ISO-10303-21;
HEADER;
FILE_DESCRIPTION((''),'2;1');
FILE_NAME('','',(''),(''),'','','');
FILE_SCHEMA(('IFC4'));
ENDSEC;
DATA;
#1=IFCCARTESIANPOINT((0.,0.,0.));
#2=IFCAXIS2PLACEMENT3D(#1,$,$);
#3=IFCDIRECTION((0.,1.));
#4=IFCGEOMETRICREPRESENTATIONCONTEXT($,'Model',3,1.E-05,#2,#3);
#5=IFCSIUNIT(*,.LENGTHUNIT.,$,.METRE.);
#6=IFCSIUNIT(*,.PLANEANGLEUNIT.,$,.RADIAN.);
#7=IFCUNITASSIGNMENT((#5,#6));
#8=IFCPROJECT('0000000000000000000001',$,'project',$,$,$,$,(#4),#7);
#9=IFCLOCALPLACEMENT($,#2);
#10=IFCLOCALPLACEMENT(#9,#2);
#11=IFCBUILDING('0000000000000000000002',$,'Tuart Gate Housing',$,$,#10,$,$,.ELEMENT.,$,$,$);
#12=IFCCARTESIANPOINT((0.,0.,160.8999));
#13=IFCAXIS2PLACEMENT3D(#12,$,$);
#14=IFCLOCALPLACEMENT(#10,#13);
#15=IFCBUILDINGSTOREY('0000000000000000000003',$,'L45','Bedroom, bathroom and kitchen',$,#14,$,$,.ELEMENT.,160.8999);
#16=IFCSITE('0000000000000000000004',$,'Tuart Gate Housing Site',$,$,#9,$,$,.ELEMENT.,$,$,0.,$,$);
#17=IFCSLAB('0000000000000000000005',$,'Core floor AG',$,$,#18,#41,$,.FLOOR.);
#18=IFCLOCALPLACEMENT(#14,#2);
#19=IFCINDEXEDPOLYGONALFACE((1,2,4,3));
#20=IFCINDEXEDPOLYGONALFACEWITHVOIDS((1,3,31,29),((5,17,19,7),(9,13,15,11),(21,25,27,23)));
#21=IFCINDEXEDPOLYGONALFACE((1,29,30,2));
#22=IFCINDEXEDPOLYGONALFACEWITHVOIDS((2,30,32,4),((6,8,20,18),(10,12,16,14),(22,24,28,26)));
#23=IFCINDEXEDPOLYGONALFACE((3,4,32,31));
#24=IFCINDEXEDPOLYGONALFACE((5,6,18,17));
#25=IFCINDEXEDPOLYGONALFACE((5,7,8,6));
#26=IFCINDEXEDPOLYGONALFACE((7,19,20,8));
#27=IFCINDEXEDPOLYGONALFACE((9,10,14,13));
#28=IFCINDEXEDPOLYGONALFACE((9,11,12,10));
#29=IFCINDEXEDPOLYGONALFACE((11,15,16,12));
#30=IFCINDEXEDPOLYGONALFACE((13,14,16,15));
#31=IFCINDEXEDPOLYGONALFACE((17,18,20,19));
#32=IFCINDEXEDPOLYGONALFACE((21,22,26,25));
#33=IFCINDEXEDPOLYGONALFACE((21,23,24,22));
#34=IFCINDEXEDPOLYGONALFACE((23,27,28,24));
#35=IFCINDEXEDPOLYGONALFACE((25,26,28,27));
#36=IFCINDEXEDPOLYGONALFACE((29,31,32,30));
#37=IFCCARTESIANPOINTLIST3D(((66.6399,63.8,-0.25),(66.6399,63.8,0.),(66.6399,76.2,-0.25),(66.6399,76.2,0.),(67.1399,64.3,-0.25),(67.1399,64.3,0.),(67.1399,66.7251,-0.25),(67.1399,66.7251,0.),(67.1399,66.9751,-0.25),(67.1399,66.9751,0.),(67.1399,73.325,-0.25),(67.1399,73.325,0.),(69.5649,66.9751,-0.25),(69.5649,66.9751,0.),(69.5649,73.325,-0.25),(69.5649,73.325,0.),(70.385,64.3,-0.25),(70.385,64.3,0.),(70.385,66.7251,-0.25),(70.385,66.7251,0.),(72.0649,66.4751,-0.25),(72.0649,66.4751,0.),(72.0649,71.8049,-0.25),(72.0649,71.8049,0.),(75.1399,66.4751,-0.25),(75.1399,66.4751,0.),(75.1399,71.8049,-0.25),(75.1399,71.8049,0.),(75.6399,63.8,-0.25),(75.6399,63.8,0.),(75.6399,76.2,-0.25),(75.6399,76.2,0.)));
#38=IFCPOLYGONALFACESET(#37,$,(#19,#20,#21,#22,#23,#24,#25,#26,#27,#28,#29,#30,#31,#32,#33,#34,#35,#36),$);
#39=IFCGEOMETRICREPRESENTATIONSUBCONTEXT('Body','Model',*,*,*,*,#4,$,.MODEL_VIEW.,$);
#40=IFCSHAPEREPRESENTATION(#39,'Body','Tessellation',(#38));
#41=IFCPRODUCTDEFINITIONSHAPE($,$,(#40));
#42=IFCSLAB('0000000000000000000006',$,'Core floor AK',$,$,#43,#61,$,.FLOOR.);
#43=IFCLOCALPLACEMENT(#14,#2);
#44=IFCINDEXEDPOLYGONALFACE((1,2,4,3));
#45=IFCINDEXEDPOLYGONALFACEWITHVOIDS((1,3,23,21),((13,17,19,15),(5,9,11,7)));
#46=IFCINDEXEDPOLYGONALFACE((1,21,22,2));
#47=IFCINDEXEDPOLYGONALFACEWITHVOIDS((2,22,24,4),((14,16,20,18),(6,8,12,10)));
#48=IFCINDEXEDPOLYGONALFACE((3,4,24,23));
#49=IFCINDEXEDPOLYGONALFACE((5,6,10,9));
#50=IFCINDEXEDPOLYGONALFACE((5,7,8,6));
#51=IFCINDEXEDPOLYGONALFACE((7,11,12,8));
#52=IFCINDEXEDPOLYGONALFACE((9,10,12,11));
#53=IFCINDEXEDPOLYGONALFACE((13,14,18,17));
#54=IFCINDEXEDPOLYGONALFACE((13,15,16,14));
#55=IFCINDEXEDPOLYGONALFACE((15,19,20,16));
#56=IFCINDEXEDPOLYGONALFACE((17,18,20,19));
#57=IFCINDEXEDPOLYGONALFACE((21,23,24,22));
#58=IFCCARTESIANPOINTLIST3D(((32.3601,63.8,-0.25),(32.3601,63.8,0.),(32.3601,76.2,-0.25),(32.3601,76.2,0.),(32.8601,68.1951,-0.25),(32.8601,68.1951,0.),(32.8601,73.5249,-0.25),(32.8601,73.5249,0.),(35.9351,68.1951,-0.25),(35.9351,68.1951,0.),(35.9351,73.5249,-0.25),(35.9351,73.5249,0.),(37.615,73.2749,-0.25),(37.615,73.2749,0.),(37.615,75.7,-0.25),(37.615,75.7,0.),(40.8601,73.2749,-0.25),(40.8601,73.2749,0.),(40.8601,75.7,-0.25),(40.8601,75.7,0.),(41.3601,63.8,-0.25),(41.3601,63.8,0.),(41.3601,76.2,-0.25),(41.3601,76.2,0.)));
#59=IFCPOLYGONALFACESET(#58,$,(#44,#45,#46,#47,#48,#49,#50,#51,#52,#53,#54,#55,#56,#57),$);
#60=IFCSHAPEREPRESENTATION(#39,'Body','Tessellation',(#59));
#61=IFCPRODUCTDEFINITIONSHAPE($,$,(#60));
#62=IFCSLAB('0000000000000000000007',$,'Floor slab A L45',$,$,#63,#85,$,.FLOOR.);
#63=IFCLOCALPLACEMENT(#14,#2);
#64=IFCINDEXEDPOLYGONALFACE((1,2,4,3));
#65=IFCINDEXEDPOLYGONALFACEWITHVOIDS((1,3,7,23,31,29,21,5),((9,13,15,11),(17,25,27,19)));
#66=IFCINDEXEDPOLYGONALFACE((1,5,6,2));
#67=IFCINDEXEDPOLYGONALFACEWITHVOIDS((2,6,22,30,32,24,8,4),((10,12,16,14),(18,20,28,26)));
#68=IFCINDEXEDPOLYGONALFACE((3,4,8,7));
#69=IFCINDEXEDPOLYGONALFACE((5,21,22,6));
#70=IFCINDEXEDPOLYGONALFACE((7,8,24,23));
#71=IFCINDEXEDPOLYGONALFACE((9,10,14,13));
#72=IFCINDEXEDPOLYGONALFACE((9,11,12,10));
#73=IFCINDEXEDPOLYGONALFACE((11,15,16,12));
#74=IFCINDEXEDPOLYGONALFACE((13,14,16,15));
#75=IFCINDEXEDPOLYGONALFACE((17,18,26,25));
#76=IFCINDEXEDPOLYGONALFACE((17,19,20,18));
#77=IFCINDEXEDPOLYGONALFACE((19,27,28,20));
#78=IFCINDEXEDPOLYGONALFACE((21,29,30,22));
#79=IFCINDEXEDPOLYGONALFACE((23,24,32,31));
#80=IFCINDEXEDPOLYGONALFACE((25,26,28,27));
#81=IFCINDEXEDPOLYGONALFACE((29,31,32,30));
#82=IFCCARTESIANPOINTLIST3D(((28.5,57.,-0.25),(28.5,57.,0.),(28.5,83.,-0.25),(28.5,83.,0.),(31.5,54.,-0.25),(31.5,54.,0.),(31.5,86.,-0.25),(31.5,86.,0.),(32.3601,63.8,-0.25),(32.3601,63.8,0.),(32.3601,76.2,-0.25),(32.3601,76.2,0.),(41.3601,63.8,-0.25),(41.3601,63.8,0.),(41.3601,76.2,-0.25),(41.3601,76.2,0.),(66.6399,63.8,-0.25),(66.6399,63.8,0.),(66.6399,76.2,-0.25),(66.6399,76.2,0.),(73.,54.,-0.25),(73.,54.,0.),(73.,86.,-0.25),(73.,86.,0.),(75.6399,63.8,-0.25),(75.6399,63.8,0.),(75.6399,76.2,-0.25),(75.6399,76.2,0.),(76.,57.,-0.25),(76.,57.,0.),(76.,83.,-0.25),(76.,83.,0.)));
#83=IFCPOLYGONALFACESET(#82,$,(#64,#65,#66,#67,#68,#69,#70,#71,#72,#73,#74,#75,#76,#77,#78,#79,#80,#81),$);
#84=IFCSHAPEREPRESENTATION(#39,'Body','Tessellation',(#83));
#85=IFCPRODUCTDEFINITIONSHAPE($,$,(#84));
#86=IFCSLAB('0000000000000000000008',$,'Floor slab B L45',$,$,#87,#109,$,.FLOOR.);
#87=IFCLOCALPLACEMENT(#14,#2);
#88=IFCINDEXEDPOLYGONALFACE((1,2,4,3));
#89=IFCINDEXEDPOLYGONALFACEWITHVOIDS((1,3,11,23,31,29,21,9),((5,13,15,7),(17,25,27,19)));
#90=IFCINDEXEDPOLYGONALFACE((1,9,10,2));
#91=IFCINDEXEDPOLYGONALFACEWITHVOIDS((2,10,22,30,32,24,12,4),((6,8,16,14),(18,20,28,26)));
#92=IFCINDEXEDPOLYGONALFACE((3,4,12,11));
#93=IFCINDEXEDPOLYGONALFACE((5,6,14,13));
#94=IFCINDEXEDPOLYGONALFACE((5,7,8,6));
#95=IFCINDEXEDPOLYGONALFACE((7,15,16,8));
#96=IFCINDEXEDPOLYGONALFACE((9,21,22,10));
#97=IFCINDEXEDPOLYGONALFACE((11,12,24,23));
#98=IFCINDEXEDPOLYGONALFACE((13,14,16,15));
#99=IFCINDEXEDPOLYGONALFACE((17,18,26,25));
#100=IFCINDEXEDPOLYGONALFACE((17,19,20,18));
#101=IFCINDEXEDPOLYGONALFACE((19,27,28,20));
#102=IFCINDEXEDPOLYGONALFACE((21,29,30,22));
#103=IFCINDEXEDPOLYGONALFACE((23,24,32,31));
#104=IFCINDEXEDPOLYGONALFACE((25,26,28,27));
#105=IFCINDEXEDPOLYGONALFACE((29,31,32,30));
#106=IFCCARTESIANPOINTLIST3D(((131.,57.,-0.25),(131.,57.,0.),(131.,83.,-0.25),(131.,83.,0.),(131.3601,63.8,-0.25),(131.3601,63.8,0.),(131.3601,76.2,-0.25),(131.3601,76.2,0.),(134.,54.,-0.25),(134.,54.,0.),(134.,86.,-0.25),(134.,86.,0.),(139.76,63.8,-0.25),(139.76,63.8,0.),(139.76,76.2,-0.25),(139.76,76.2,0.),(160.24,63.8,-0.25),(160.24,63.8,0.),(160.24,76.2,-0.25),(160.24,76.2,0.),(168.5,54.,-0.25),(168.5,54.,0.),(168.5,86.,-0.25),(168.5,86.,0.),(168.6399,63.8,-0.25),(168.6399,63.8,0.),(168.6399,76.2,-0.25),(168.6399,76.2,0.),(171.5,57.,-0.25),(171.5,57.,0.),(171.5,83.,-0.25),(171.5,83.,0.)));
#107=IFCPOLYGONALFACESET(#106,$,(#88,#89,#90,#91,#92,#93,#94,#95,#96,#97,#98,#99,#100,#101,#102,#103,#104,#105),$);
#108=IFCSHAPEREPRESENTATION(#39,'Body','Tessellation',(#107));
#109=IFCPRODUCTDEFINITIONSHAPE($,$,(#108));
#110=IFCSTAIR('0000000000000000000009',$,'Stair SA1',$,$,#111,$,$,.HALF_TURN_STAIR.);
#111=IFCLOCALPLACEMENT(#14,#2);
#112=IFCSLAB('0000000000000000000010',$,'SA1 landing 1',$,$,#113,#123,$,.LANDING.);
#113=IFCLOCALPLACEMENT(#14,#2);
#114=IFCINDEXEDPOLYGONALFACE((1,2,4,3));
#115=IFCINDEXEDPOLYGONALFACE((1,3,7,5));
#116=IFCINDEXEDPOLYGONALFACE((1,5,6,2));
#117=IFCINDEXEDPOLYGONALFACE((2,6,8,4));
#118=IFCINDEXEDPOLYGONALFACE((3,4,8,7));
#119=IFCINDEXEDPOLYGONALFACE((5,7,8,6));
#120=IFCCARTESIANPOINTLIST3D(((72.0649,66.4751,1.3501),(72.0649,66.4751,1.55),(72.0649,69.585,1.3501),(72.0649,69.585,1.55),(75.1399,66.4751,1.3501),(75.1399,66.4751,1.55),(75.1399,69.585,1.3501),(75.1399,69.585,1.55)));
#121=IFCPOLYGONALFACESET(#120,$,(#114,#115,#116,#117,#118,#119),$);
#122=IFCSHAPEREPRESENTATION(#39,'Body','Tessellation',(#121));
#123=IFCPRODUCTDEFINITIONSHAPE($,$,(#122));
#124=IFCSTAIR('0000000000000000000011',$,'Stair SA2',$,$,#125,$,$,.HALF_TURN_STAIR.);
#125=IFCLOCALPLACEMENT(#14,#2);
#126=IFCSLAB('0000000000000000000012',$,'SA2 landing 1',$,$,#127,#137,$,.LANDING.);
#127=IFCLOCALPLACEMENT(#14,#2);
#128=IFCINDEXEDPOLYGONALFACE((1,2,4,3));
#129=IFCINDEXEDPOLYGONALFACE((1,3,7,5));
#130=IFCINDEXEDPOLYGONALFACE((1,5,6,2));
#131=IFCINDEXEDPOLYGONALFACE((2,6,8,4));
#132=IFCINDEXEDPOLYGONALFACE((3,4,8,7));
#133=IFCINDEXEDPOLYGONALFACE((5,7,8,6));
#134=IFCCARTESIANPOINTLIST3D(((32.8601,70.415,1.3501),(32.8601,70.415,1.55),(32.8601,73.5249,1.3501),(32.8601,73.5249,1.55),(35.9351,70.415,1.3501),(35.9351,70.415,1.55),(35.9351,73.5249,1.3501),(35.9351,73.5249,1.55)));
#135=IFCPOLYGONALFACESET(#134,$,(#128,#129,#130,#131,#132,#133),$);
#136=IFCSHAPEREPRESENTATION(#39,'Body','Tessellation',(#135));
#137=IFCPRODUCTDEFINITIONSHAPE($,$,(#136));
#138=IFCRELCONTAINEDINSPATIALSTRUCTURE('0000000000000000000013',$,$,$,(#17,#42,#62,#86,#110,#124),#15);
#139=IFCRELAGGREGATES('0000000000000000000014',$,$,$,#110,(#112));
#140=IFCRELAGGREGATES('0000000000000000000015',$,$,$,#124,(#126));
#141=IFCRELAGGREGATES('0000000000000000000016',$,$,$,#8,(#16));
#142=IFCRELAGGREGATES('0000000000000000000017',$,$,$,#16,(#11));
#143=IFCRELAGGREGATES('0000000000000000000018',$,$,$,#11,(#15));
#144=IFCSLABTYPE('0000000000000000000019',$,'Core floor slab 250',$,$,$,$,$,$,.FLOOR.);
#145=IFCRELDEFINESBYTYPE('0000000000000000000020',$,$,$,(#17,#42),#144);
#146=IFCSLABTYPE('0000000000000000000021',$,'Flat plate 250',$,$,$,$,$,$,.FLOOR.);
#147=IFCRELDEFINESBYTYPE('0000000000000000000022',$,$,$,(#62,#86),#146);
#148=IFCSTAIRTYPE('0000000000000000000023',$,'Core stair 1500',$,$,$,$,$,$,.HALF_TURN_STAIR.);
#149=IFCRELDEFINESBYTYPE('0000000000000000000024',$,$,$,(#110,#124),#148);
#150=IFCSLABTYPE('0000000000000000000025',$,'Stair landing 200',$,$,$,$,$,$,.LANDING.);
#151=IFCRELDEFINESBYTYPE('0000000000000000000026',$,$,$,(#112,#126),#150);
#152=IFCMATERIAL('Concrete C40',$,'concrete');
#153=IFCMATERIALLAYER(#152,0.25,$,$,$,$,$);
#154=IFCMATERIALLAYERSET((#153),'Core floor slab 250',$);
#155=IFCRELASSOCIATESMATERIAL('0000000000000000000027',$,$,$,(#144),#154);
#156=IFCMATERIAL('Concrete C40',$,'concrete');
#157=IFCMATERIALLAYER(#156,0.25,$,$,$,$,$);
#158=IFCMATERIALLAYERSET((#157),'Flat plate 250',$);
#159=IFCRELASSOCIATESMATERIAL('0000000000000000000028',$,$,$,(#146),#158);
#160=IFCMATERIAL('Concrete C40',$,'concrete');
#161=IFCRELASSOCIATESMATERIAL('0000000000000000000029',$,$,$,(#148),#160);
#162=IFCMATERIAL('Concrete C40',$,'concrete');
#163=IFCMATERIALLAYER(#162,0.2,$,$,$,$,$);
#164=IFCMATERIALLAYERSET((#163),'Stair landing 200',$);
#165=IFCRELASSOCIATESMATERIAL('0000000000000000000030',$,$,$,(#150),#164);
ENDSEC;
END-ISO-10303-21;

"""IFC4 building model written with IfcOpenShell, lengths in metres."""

from ifc_helpers import new_model, si_unit, direction, frame, origin, place, context, subcontext, project, spatial, polyline, outline, extrude, material, layer, layer_set, type_object, element, aggregate, save


model = new_model("IFC4")

# Units and contexts
model_context = context("Model", 3, precision=1e-05, world=origin(), true_north=direction((0.0, 1.0)))
body_context = subcontext(model_context, "Body", "Model", "MODEL_VIEW")
ifc_project = project(units=[si_unit("LENGTHUNIT", "METRE"), si_unit("PLANEANGLEUNIT", "RADIAN")], contexts=[model_context])

# Site, building, storey
site_placement = place(None, origin())
site = spatial("IfcSite", under=ifc_project, at=site_placement, Name="Tuart Gate Housing Site", CompositionType="ELEMENT", RefElevation=0.0)
building_placement = place(site_placement, origin())
building = spatial("IfcBuilding", under=site, at=building_placement, Name="Tuart Gate Housing", CompositionType="ELEMENT")
storey_placement = place(building_placement, frame((0.0, 0.0, 160.8999)))
storey = spatial("IfcBuildingStorey", under=building, at=storey_placement, Name="L45", Description="Bedroom, bathroom and kitchen", CompositionType="ELEMENT", Elevation=160.8999)

# Slabs
ifc_material_1 = material(Name="Concrete C40", Category="concrete")
ifc_layer_1 = layer(ifc_material_1, 0.25)
ifc_layer_set_1 = layer_set([ifc_layer_1], Name="Core floor slab 250")
slab_type_1 = type_object("IfcSlabType", Name="Core floor slab 250", PredefinedType="FLOOR", material=ifc_layer_set_1)
slab_1_placement = place(storey_placement, frame((0.0, 0.0, -0.25)))
element("IfcSlab", 1, at=slab_1_placement, inside=storey, type_object=slab_type_1, Name="Core floor AG", PredefinedType="FLOOR", context=body_context, shape_type="SweptSolid", body=[
    extrude(outline(polyline([(66.6399, 63.8), (75.6399, 63.8), (75.6399, 76.2), (66.6399, 76.2), (66.6399, 63.8)]), holes=[polyline([(67.1399, 64.3), (70.385, 64.3), (70.385, 66.7251), (67.1399, 66.7251), (67.1399, 64.3)]), polyline([(67.1399, 66.9751), (69.5649, 66.9751), (69.5649, 73.325), (67.1399, 73.325), (67.1399, 66.9751)]), polyline([(72.0649, 66.4751), (75.1399, 66.4751), (75.1399, 71.8049), (72.0649, 71.8049), (72.0649, 66.4751)])]), origin(), (0.0, 0.0, 1.0), 0.25),
])
slab_2_placement = place(storey_placement, frame((0.0, 0.0, -0.25)))
element("IfcSlab", 2, at=slab_2_placement, inside=storey, type_object=slab_type_1, Name="Core floor AK", PredefinedType="FLOOR", context=body_context, shape_type="SweptSolid", body=[
    extrude(outline(polyline([(32.3601, 63.8), (41.3601, 63.8), (41.3601, 76.2), (32.3601, 76.2), (32.3601, 63.8)]), holes=[polyline([(40.8601, 75.7), (37.615, 75.7), (37.615, 73.2749), (40.8601, 73.2749), (40.8601, 75.7)]), polyline([(35.9351, 73.5249), (32.8601, 73.5249), (32.8601, 68.1951), (35.9351, 68.1951), (35.9351, 73.5249)])]), origin(), (0.0, 0.0, 1.0), 0.25),
])
ifc_material_2 = material(Name="Concrete C40", Category="concrete")
ifc_layer_2 = layer(ifc_material_2, 0.25)
ifc_layer_set_2 = layer_set([ifc_layer_2], Name="Flat plate 250")
slab_type_2 = type_object("IfcSlabType", Name="Flat plate 250", PredefinedType="FLOOR", material=ifc_layer_set_2)
slab_3_placement = place(storey_placement, frame((0.0, 0.0, -0.25)))
element("IfcSlab", 3, at=slab_3_placement, inside=storey, type_object=slab_type_2, Name="Floor slab A L45", PredefinedType="FLOOR", context=body_context, shape_type="SweptSolid", body=[
    extrude(outline(polyline([(31.5, 86.0), (28.5, 83.0), (28.5, 57.0), (31.5, 54.0), (73.0, 54.0), (76.0, 57.0), (76.0, 83.0), (73.0, 86.0), (31.5, 86.0)]), holes=[polyline([(66.6399, 76.2), (75.6399, 76.2), (75.6399, 63.8), (66.6399, 63.8), (66.6399, 76.2)]), polyline([(41.3601, 76.2), (41.3601, 63.8), (32.3601, 63.8), (32.3601, 76.2), (41.3601, 76.2)])]), origin(), (0.0, 0.0, 1.0), 0.25),
])
slab_4_placement = place(storey_placement, frame((0.0, 0.0, -0.25)))
element("IfcSlab", 4, at=slab_4_placement, inside=storey, type_object=slab_type_2, Name="Floor slab B L45", PredefinedType="FLOOR", context=body_context, shape_type="SweptSolid", body=[
    extrude(outline(polyline([(134.0, 86.0), (131.0, 83.0), (131.0, 57.0), (134.0, 54.0), (168.5, 54.0), (171.5, 57.0), (171.5, 83.0), (168.5, 86.0), (134.0, 86.0)]), holes=[polyline([(131.3601, 76.2), (139.76, 76.2), (139.76, 63.8), (131.3601, 63.8), (131.3601, 76.2)]), polyline([(168.6399, 76.2), (168.6399, 63.8), (160.24, 63.8), (160.24, 76.2), (168.6399, 76.2)])]), origin(), (0.0, 0.0, 1.0), 0.25),
])

# Stairs, slabs
ifc_material_3 = material(Name="Concrete C40", Category="concrete")
stair_type = type_object("IfcStairType", Name="Core stair 1500", PredefinedType="HALF_TURN_STAIR", material=ifc_material_3)
stair_1_placement = place(storey_placement, origin())
stair_1 = element("IfcStair", 5, at=stair_1_placement, inside=storey, type_object=stair_type, Name="Stair SA1", PredefinedType="HALF_TURN_STAIR")
ifc_material_4 = material(Name="Concrete C40", Category="concrete")
ifc_layer_3 = layer(ifc_material_4, 0.2)
ifc_layer_set_3 = layer_set([ifc_layer_3], Name="Stair landing 200")
slab_type_3 = type_object("IfcSlabType", Name="Stair landing 200", PredefinedType="LANDING", material=ifc_layer_set_3)
slab_5_placement = place(storey_placement, frame((0.0, 0.0, 1.3501)))
slab_5 = element("IfcSlab", 6, at=slab_5_placement, type_object=slab_type_3, Name="SA1 landing 1", PredefinedType="LANDING", context=body_context, shape_type="SweptSolid", body=[
    extrude(outline(polyline([(72.0649, 66.4751), (75.1399, 66.4751), (75.1399, 69.585), (72.0649, 69.585), (72.0649, 66.4751)])), origin(), (0.0, 0.0, 1.0), 0.2),
])
aggregate(stair_1, [slab_5])
stair_2_placement = place(storey_placement, origin())
stair_2 = element("IfcStair", 7, at=stair_2_placement, inside=storey, type_object=stair_type, Name="Stair SA2", PredefinedType="HALF_TURN_STAIR")
slab_6_placement = place(storey_placement, frame((0.0, 0.0, 1.3501)))
slab_6 = element("IfcSlab", 8, at=slab_6_placement, type_object=slab_type_3, Name="SA2 landing 1", PredefinedType="LANDING", context=body_context, shape_type="SweptSolid", body=[
    extrude(outline(polyline([(35.9351, 73.5249), (32.8601, 73.5249), (32.8601, 70.415), (35.9351, 70.415), (35.9351, 73.5249)])), origin(), (0.0, 0.0, 1.0), 0.2),
])
aggregate(stair_2, [slab_6])

save(model, "model.ifc")
